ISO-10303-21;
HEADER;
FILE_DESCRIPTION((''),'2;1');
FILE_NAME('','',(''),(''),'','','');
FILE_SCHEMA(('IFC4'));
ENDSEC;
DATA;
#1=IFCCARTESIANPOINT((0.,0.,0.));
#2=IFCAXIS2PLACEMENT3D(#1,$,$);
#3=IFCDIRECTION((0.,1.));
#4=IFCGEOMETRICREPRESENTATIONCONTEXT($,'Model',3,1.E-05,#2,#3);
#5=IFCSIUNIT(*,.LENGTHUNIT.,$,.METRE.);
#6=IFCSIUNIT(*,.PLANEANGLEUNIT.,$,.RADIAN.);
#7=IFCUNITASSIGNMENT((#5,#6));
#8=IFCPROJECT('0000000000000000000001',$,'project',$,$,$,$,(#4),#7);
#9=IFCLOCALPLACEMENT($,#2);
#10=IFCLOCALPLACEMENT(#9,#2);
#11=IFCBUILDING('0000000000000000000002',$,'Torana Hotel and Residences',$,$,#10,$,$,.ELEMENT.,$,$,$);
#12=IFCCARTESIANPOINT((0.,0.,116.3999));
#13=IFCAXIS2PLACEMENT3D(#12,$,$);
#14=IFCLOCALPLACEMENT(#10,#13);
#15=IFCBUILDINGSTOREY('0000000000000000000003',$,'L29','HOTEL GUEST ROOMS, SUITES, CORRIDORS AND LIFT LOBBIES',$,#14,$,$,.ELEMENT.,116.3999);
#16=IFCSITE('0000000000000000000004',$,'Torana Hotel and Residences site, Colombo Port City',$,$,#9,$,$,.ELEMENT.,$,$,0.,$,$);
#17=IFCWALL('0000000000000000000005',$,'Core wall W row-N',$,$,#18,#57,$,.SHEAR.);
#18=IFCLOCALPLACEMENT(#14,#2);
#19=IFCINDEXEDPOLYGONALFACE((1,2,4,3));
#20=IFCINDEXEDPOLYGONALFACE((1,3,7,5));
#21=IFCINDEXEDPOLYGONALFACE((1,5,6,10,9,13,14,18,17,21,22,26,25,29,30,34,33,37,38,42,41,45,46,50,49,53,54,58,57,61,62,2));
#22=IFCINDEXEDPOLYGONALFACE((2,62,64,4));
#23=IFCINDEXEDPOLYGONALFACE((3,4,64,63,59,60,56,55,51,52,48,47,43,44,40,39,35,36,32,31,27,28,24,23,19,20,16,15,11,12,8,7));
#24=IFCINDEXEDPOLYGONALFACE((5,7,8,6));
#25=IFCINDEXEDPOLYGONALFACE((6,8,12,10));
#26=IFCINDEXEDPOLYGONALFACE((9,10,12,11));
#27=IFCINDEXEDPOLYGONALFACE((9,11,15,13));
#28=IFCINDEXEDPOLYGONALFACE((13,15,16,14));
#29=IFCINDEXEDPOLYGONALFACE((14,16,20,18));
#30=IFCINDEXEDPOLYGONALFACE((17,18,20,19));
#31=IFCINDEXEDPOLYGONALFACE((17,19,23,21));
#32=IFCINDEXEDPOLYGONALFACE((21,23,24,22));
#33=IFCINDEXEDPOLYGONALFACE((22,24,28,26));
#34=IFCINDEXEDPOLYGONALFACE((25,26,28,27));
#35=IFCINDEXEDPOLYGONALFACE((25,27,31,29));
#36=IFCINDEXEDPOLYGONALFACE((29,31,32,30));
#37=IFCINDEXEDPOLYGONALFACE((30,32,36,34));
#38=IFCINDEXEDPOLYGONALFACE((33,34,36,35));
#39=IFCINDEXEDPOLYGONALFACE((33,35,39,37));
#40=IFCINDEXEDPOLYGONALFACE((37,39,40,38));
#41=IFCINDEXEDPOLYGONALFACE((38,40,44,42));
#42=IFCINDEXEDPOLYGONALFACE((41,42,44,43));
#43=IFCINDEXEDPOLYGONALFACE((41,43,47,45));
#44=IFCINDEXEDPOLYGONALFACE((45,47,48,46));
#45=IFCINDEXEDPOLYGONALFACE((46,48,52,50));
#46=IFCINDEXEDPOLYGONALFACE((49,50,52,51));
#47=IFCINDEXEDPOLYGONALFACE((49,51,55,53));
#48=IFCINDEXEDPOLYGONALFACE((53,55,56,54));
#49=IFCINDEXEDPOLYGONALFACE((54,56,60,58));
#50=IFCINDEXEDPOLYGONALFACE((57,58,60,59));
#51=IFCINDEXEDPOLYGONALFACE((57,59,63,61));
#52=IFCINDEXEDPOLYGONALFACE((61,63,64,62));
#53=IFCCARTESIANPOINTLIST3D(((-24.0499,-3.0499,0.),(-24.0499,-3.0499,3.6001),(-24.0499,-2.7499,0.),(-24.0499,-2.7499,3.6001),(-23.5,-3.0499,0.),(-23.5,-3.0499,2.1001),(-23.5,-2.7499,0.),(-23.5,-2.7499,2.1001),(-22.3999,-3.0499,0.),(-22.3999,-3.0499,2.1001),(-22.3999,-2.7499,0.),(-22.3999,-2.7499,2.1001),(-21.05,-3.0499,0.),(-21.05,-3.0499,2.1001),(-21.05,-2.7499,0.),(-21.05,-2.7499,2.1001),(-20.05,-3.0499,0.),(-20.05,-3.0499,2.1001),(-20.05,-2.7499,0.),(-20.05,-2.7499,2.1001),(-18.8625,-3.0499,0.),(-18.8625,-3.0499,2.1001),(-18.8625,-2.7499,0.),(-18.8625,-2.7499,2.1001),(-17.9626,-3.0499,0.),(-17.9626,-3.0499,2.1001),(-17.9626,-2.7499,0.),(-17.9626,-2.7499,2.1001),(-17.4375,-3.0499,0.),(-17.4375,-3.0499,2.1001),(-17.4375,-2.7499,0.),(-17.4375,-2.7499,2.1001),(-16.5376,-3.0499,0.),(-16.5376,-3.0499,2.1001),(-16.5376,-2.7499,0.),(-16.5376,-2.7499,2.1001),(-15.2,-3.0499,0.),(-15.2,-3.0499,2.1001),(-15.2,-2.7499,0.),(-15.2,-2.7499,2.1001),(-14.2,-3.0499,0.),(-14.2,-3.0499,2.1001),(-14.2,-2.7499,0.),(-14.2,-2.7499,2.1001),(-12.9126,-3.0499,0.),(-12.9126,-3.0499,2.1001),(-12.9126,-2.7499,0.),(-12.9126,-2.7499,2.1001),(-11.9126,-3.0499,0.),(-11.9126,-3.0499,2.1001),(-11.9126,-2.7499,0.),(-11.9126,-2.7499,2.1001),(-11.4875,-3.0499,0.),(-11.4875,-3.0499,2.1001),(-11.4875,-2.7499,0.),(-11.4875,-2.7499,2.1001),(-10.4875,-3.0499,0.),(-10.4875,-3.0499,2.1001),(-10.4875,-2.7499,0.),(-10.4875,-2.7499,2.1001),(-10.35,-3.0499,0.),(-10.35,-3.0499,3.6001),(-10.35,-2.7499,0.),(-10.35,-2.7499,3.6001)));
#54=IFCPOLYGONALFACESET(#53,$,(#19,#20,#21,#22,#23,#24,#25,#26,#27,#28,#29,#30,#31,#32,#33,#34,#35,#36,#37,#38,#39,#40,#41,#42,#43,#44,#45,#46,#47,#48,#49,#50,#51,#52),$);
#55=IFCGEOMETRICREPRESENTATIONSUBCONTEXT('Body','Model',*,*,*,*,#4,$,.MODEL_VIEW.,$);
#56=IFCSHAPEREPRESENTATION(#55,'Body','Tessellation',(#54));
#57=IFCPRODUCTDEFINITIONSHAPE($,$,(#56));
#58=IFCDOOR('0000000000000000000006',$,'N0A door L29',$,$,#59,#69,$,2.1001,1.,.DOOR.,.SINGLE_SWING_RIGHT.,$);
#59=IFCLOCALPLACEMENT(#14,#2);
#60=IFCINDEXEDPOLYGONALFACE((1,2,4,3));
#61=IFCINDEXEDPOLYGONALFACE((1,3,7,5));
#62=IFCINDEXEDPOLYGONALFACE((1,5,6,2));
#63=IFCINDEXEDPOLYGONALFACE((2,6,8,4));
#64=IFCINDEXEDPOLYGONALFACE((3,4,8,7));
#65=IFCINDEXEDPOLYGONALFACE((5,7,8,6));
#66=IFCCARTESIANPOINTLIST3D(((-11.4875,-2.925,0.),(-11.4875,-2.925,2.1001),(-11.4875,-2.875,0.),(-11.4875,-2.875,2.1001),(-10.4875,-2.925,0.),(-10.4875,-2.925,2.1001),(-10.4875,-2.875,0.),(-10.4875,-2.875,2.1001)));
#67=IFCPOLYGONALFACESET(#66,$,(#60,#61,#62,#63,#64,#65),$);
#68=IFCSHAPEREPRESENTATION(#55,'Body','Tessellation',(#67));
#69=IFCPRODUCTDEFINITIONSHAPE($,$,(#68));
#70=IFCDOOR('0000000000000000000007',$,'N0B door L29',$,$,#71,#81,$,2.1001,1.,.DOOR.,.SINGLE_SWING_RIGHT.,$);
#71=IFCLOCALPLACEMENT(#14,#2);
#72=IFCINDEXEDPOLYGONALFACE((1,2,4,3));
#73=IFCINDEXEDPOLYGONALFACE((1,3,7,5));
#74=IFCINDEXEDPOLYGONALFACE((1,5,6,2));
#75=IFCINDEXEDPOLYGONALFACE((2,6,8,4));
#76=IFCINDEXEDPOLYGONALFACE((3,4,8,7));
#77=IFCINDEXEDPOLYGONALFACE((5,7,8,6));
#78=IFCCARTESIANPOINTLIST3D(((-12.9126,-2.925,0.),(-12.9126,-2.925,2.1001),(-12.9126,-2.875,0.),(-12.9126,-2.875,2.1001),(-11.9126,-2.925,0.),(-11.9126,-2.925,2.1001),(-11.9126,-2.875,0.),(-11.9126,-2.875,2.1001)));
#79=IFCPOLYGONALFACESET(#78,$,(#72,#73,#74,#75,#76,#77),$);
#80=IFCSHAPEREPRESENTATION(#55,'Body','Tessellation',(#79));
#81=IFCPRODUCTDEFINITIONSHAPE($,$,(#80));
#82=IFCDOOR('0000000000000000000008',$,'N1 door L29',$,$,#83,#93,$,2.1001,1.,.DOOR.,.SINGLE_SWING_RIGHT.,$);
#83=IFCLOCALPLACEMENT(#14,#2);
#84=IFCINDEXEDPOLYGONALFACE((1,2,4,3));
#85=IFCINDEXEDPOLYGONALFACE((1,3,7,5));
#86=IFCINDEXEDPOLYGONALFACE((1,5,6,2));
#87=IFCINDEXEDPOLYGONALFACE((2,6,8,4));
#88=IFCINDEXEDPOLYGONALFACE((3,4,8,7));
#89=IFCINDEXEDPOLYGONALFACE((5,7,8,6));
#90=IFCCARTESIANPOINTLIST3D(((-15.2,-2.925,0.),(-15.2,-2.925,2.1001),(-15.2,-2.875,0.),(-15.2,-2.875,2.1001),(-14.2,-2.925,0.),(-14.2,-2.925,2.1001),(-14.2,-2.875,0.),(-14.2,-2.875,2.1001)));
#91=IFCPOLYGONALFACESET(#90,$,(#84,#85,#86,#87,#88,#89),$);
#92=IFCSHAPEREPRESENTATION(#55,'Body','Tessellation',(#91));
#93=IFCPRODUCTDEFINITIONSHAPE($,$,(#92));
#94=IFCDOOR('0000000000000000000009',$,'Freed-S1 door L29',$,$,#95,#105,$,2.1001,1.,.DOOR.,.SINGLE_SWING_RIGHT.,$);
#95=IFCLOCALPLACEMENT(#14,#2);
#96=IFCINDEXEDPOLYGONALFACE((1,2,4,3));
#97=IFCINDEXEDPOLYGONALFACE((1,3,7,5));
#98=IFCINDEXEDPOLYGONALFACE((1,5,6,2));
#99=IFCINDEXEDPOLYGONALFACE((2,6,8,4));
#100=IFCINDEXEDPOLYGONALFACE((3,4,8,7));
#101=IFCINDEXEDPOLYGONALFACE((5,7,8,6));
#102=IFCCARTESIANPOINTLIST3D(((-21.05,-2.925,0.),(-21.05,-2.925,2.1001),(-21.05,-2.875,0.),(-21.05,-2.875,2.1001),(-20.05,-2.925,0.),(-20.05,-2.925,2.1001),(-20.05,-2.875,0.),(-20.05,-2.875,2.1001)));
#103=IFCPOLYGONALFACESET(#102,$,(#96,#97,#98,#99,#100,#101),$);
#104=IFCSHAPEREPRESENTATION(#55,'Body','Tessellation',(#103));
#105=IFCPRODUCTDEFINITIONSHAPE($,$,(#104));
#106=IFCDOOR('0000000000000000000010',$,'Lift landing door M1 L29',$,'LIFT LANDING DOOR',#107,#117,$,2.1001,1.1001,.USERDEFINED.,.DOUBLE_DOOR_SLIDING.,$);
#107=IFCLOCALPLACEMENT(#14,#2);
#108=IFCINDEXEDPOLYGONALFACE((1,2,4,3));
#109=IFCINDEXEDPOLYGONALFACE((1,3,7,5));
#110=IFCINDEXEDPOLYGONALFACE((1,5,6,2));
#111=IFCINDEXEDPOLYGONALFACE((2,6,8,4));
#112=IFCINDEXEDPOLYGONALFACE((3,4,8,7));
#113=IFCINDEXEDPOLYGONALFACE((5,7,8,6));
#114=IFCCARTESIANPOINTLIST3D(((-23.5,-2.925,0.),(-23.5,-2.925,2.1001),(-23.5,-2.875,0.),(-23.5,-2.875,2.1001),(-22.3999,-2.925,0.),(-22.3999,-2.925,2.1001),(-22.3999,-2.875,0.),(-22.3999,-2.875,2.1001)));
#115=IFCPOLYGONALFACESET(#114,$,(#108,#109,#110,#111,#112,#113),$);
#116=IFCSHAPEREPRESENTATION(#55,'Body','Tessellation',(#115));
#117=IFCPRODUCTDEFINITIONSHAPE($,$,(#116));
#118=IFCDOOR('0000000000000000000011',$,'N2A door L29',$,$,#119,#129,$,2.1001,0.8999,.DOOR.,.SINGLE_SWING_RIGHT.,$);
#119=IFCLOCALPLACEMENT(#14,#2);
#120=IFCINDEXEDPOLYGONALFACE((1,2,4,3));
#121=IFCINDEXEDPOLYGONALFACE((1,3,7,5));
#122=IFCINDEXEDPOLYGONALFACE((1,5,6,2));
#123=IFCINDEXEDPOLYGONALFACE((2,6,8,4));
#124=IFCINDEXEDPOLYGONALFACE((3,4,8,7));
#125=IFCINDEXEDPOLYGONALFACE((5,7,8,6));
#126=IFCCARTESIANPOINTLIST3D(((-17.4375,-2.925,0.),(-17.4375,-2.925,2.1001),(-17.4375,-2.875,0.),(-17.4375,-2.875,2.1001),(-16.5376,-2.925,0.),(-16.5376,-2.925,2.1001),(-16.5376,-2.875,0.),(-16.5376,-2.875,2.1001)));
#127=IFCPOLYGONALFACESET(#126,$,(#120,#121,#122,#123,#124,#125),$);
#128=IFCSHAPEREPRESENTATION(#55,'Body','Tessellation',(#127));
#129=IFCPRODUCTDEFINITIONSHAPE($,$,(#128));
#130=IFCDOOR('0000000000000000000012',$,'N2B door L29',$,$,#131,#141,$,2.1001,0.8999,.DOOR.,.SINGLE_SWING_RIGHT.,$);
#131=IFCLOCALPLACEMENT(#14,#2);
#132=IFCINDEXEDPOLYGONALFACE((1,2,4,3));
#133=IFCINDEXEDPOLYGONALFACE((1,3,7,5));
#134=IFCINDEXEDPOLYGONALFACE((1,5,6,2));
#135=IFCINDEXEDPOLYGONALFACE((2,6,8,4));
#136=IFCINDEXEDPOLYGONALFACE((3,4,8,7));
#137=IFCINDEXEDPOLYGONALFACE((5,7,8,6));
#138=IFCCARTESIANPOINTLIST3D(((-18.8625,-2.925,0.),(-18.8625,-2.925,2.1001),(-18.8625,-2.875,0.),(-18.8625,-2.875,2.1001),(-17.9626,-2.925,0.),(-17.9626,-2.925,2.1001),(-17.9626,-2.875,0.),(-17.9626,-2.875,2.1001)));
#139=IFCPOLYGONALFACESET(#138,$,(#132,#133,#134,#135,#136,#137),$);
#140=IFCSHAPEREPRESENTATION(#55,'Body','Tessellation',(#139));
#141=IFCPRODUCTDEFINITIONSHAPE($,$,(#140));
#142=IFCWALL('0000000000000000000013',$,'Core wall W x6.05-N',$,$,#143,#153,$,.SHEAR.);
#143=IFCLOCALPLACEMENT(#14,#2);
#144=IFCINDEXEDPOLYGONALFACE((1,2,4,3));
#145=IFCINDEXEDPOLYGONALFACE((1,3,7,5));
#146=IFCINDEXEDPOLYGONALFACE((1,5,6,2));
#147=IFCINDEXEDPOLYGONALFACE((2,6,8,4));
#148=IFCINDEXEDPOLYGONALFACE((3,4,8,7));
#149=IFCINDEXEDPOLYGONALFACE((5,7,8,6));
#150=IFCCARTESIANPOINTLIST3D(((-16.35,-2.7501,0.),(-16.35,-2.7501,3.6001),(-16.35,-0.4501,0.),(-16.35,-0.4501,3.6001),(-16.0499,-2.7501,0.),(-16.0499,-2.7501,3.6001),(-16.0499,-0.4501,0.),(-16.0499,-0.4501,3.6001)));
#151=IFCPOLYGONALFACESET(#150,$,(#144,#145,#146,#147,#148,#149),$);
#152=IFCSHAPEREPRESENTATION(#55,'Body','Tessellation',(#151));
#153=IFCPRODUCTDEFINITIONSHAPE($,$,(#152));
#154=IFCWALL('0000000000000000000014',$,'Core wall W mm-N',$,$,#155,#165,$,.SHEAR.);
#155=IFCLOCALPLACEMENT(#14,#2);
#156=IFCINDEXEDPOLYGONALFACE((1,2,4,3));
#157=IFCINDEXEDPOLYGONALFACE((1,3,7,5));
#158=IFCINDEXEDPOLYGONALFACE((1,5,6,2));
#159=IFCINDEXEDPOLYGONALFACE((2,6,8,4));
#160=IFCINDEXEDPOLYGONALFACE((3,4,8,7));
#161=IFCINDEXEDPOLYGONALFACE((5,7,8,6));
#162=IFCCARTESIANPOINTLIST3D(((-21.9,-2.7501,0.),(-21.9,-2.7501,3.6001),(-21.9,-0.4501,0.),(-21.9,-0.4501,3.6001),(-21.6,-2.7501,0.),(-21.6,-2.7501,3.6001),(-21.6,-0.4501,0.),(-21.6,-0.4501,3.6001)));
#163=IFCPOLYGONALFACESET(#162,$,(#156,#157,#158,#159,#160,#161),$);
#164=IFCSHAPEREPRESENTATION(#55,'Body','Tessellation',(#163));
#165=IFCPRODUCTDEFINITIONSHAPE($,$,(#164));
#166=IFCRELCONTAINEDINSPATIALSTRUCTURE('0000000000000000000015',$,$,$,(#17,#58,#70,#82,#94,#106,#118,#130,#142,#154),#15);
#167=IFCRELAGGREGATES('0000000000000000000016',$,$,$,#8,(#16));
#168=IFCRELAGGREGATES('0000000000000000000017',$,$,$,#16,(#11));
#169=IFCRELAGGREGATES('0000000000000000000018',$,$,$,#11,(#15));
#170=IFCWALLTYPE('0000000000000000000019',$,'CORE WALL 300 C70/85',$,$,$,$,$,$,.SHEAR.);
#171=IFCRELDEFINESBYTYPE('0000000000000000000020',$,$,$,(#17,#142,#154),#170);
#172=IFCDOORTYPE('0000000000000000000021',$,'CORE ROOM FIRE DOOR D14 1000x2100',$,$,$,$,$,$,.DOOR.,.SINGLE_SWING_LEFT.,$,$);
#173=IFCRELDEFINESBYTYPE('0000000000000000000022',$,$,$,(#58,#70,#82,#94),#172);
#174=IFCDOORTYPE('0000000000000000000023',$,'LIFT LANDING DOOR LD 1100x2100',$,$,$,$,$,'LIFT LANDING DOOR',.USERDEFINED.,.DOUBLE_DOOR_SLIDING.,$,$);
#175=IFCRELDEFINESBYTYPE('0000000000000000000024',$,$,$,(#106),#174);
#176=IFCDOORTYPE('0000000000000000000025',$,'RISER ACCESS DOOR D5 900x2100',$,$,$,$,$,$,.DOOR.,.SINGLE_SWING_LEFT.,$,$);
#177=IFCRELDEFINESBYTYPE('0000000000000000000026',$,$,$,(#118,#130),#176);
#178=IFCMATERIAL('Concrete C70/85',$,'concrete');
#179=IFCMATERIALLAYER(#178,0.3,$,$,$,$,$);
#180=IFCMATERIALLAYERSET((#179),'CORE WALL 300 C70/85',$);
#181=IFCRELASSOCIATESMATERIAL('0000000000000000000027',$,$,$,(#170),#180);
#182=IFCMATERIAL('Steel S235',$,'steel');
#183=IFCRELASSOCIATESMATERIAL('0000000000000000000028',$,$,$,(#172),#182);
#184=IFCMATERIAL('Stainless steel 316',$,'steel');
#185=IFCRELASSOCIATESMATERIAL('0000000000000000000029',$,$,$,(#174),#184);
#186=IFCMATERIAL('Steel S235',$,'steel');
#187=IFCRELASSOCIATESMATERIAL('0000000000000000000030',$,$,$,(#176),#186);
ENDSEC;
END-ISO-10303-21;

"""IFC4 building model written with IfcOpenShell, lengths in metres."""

from ifc_helpers import new_model, si_unit, direction, frame, frame_2d, origin, place, context, subcontext, project, spatial, rectangle, extrude, material, layer, layer_set, type_object, element, fill, save


model = new_model("IFC4")

# Units and contexts
model_context = context("Model", 3, precision=1e-05, world=origin(), true_north=direction((0.0, 1.0)))
body_context = subcontext(model_context, "Body", "Model", "MODEL_VIEW")
ifc_project = project(units=[si_unit("LENGTHUNIT", "METRE"), si_unit("PLANEANGLEUNIT", "RADIAN")], contexts=[model_context])

# Site, building, storey
site_placement = place(None, origin())
site = spatial("IfcSite", under=ifc_project, at=site_placement, Name="Torana Hotel and Residences site, Colombo Port City", CompositionType="ELEMENT", RefElevation=0.0)
building_placement = place(site_placement, origin())
building = spatial("IfcBuilding", under=site, at=building_placement, Name="Torana Hotel and Residences", CompositionType="ELEMENT")
storey_placement = place(building_placement, frame((0.0, 0.0, 116.3999)))
storey = spatial("IfcBuildingStorey", under=building, at=storey_placement, Name="L29", Description="HOTEL GUEST ROOMS, SUITES, CORRIDORS AND LIFT LOBBIES", CompositionType="ELEMENT", Elevation=116.3999)

# Wall, openings, doors
ifc_material_1 = material(Name="Concrete C70/85", Category="concrete")
ifc_layer_1 = layer(ifc_material_1, 0.3)
ifc_layer_set_1 = layer_set([ifc_layer_1], Name="CORE WALL 300 C70/85")
wall_type_1 = type_object("IfcWallType", Name="CORE WALL 300 C70/85", PredefinedType="SHEAR", material=ifc_layer_set_1)
wall_1_placement = place(storey_placement, frame((-24.05, -2.8999, 0.0), z_axis=(0.0, 0.0, 1.0), x_axis=(1.0, 0.0, 0.0)))
wall_1 = element("IfcWall", 1, at=wall_1_placement, inside=storey, type_object=wall_type_1, Name="Core wall W row-N", PredefinedType="SHEAR", context=body_context, shape_type="SweptSolid", body=[
    extrude(rectangle(XDim=13.7, YDim=0.3, at=frame_2d((6.8501, 0.0))), origin(), (0.0, 0.0, 1.0), 3.6001),
])
opening_1_placement = place(wall_1_placement, frame((0.55, 0.0, 0.0)))
opening_1 = element("IfcOpeningElement", 2, at=opening_1_placement, cuts=wall_1, PredefinedType="OPENING", context=body_context, shape_type="SweptSolid", body=[
    extrude(rectangle(XDim=1.1001, YDim=2.1001, at=frame_2d((0.55, 1.05))), frame((0.0, 0.1599, 0.0), z_axis=(0.0, -1.0, 0.0), x_axis=(1.0, 0.0, 0.0)), (0.0, 0.0, 1.0), 0.3201),
])
opening_2_placement = place(wall_1_placement, frame((6.6125, 0.0, 0.0)))
opening_2 = element("IfcOpeningElement", 3, at=opening_2_placement, cuts=wall_1, PredefinedType="OPENING", context=body_context, shape_type="SweptSolid", body=[
    extrude(rectangle(XDim=0.8999, YDim=2.1001, at=frame_2d((0.45, 1.05))), frame((0.0, 0.1599, 0.0), z_axis=(0.0, -1.0, 0.0), x_axis=(1.0, 0.0, 0.0)), (0.0, 0.0, 1.0), 0.3201),
])
opening_3_placement = place(wall_1_placement, frame((5.1875, 0.0, 0.0)))
opening_3 = element("IfcOpeningElement", 4, at=opening_3_placement, cuts=wall_1, PredefinedType="OPENING", context=body_context, shape_type="SweptSolid", body=[
    extrude(rectangle(XDim=0.8999, YDim=2.1001, at=frame_2d((0.45, 1.05))), frame((0.0, 0.1599, 0.0), z_axis=(0.0, -1.0, 0.0), x_axis=(1.0, 0.0, 0.0)), (0.0, 0.0, 1.0), 0.3201),
])
opening_4_placement = place(wall_1_placement, frame((12.5625, 0.0, 0.0)))
opening_4 = element("IfcOpeningElement", 5, at=opening_4_placement, cuts=wall_1, PredefinedType="OPENING", context=body_context, shape_type="SweptSolid", body=[
    extrude(rectangle(XDim=1.0, YDim=2.1001, at=frame_2d((0.5, 1.05))), frame((0.0, 0.1599, 0.0), z_axis=(0.0, -1.0, 0.0), x_axis=(1.0, 0.0, 0.0)), (0.0, 0.0, 1.0), 0.3201),
])
opening_5_placement = place(wall_1_placement, frame((11.1375, 0.0, 0.0)))
opening_5 = element("IfcOpeningElement", 6, at=opening_5_placement, cuts=wall_1, PredefinedType="OPENING", context=body_context, shape_type="SweptSolid", body=[
    extrude(rectangle(XDim=1.0, YDim=2.1001, at=frame_2d((0.5, 1.05))), frame((0.0, 0.1599, 0.0), z_axis=(0.0, -1.0, 0.0), x_axis=(1.0, 0.0, 0.0)), (0.0, 0.0, 1.0), 0.3201),
])
opening_6_placement = place(wall_1_placement, frame((8.8501, 0.0, 0.0)))
opening_6 = element("IfcOpeningElement", 7, at=opening_6_placement, cuts=wall_1, PredefinedType="OPENING", context=body_context, shape_type="SweptSolid", body=[
    extrude(rectangle(XDim=1.0, YDim=2.1001, at=frame_2d((0.5, 1.05))), frame((0.0, 0.1599, 0.0), z_axis=(0.0, -1.0, 0.0), x_axis=(1.0, 0.0, 0.0)), (0.0, 0.0, 1.0), 0.3201),
])
opening_7_placement = place(wall_1_placement, frame((3.0, 0.0, 0.0)))
opening_7 = element("IfcOpeningElement", 8, at=opening_7_placement, cuts=wall_1, PredefinedType="OPENING", context=body_context, shape_type="SweptSolid", body=[
    extrude(rectangle(XDim=1.0, YDim=2.1001, at=frame_2d((0.5, 1.05))), frame((0.0, 0.1599, 0.0), z_axis=(0.0, -1.0, 0.0), x_axis=(1.0, 0.0, 0.0)), (0.0, 0.0, 1.0), 0.3201),
])
ifc_material_2 = material(Name="Steel S235", Category="steel")
door_type_1 = type_object("IfcDoorType", Name="CORE ROOM FIRE DOOR D14 1000x2100", OperationType="SINGLE_SWING_LEFT", PredefinedType="DOOR", material=ifc_material_2)
door_1_placement = place(opening_4_placement, origin())
door_1 = element("IfcDoor", 9, at=door_1_placement, inside=storey, type_object=door_type_1, Name="N0A door L29", OperationType="SINGLE_SWING_RIGHT", OverallHeight=2.1001, OverallWidth=1.0, PredefinedType="DOOR", context=body_context, shape_type="SweptSolid", body=[
    extrude(rectangle(XDim=1.0, YDim=2.1001, at=frame_2d((0.5, 1.05))), frame((0.0, 0.0249, 0.0), z_axis=(0.0, -1.0, 0.0), x_axis=(1.0, 0.0, 0.0)), (0.0, 0.0, 1.0), 0.05),
])
fill(opening_4, door_1)
door_2_placement = place(opening_5_placement, origin())
door_2 = element("IfcDoor", 10, at=door_2_placement, inside=storey, type_object=door_type_1, Name="N0B door L29", OperationType="SINGLE_SWING_RIGHT", OverallHeight=2.1001, OverallWidth=1.0, PredefinedType="DOOR", context=body_context, shape_type="SweptSolid", body=[
    extrude(rectangle(XDim=1.0, YDim=2.1001, at=frame_2d((0.5, 1.05))), frame((0.0, 0.0249, 0.0), z_axis=(0.0, -1.0, 0.0), x_axis=(1.0, 0.0, 0.0)), (0.0, 0.0, 1.0), 0.05),
])
fill(opening_5, door_2)
door_3_placement = place(opening_6_placement, origin())
door_3 = element("IfcDoor", 11, at=door_3_placement, inside=storey, type_object=door_type_1, Name="N1 door L29", OperationType="SINGLE_SWING_RIGHT", OverallHeight=2.1001, OverallWidth=1.0, PredefinedType="DOOR", context=body_context, shape_type="SweptSolid", body=[
    extrude(rectangle(XDim=1.0, YDim=2.1001, at=frame_2d((0.5, 1.05))), frame((0.0, 0.0249, 0.0), z_axis=(0.0, -1.0, 0.0), x_axis=(1.0, 0.0, 0.0)), (0.0, 0.0, 1.0), 0.05),
])
fill(opening_6, door_3)
door_4_placement = place(opening_7_placement, origin())
door_4 = element("IfcDoor", 12, at=door_4_placement, inside=storey, type_object=door_type_1, Name="Freed-S1 door L29", OperationType="SINGLE_SWING_RIGHT", OverallHeight=2.1001, OverallWidth=1.0, PredefinedType="DOOR", context=body_context, shape_type="SweptSolid", body=[
    extrude(rectangle(XDim=1.0, YDim=2.1001, at=frame_2d((0.5, 1.05))), frame((0.0, 0.0249, 0.0), z_axis=(0.0, -1.0, 0.0), x_axis=(1.0, 0.0, 0.0)), (0.0, 0.0, 1.0), 0.05),
])
fill(opening_7, door_4)
ifc_material_3 = material(Name="Stainless steel 316", Category="steel")
door_type_2 = type_object("IfcDoorType", Name="LIFT LANDING DOOR LD 1100x2100", ElementType="LIFT LANDING DOOR", OperationType="DOUBLE_DOOR_SLIDING", PredefinedType="USERDEFINED", material=ifc_material_3)
door_5_placement = place(opening_1_placement, origin())
door_5 = element("IfcDoor", 13, at=door_5_placement, inside=storey, type_object=door_type_2, Name="Lift landing door M1 L29", ObjectType="LIFT LANDING DOOR", OperationType="DOUBLE_DOOR_SLIDING", OverallHeight=2.1001, OverallWidth=1.1001, PredefinedType="USERDEFINED", context=body_context, shape_type="SweptSolid", body=[
    extrude(rectangle(XDim=1.1001, YDim=2.1001, at=frame_2d((0.55, 1.05))), frame((0.0, 0.0249, 0.0), z_axis=(0.0, -1.0, 0.0), x_axis=(1.0, 0.0, 0.0)), (0.0, 0.0, 1.0), 0.05),
])
fill(opening_1, door_5)
ifc_material_4 = material(Name="Steel S235", Category="steel")
door_type_3 = type_object("IfcDoorType", Name="RISER ACCESS DOOR D5 900x2100", OperationType="SINGLE_SWING_LEFT", PredefinedType="DOOR", material=ifc_material_4)
door_6_placement = place(opening_2_placement, origin())
door_6 = element("IfcDoor", 14, at=door_6_placement, inside=storey, type_object=door_type_3, Name="N2A door L29", OperationType="SINGLE_SWING_RIGHT", OverallHeight=2.1001, OverallWidth=0.8999, PredefinedType="DOOR", context=body_context, shape_type="SweptSolid", body=[
    extrude(rectangle(XDim=0.8999, YDim=2.1001, at=frame_2d((0.45, 1.05))), frame((0.0, 0.0249, 0.0), z_axis=(0.0, -1.0, 0.0), x_axis=(1.0, 0.0, 0.0)), (0.0, 0.0, 1.0), 0.05),
])
fill(opening_2, door_6)
door_7_placement = place(opening_3_placement, origin())
door_7 = element("IfcDoor", 15, at=door_7_placement, inside=storey, type_object=door_type_3, Name="N2B door L29", OperationType="SINGLE_SWING_RIGHT", OverallHeight=2.1001, OverallWidth=0.8999, PredefinedType="DOOR", context=body_context, shape_type="SweptSolid", body=[
    extrude(rectangle(XDim=0.8999, YDim=2.1001, at=frame_2d((0.45, 1.05))), frame((0.0, 0.0249, 0.0), z_axis=(0.0, -1.0, 0.0), x_axis=(1.0, 0.0, 0.0)), (0.0, 0.0, 1.0), 0.05),
])
fill(opening_3, door_7)

# Walls
for number, where, z_axis, x_axis, name in (
    (16, (-16.2, -2.75, 0.0), (0.0, 0.0, 1.0), (0.0, 1.0, 0.0), "Core wall W x6.05-N"),
    (17, (-21.75, -2.75, 0.0), (0.0, 0.0, 1.0), (0.0, 1.0, 0.0), "Core wall W mm-N"),
):
    element("IfcWall", number, at=place(storey_placement, frame(where, z_axis=z_axis, x_axis=x_axis)), inside=storey, type_object=wall_type_1, Name=name, PredefinedType="SHEAR", context=body_context, shape_type="SweptSolid", body=[
        extrude(rectangle(XDim=2.3, YDim=0.3, at=frame_2d((1.1499, 0.0))), origin(), (0.0, 0.0, 1.0), 3.6001),
    ])

save(model, "model.ifc")
